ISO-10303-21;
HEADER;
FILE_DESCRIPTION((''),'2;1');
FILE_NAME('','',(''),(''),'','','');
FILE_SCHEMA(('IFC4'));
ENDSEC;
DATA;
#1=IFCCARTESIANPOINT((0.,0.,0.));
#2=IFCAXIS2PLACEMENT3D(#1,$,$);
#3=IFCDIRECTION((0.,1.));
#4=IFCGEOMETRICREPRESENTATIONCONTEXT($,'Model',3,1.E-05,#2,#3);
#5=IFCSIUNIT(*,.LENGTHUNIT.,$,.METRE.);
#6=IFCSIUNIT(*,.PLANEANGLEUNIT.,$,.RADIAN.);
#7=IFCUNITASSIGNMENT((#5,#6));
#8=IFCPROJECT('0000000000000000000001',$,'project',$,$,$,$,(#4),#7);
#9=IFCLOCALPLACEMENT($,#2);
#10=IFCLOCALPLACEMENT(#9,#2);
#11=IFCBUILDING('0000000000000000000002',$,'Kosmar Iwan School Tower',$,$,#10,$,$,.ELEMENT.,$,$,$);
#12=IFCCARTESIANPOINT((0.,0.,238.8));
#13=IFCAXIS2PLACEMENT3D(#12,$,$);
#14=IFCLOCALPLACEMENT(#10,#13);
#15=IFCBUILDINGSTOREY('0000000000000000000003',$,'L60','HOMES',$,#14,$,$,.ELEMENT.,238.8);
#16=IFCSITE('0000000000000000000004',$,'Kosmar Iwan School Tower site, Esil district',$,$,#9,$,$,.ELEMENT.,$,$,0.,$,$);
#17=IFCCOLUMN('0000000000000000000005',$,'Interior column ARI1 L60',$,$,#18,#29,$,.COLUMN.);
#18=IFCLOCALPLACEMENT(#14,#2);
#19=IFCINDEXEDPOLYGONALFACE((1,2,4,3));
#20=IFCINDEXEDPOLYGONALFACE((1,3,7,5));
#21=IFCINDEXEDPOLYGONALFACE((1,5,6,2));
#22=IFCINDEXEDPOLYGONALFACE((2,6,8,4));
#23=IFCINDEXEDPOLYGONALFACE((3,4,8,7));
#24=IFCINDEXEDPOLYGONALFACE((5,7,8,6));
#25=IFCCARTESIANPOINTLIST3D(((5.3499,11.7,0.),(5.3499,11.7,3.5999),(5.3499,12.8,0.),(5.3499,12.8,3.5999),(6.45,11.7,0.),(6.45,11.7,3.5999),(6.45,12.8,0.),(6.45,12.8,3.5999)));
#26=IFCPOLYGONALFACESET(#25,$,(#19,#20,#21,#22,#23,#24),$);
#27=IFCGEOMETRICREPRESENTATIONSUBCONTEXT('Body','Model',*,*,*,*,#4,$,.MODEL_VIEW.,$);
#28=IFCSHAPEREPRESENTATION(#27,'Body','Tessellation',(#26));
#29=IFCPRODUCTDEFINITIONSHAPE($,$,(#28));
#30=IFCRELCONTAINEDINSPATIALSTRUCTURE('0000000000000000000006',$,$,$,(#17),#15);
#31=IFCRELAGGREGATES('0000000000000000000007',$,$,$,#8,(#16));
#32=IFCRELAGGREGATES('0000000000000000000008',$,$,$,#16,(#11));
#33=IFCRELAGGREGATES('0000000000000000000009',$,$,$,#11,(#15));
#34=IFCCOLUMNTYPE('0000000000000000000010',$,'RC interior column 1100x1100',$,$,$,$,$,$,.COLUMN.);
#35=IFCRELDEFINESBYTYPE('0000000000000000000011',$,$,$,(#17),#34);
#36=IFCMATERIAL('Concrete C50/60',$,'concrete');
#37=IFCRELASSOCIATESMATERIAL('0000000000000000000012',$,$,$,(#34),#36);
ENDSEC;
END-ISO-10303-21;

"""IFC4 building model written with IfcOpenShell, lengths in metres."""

from ifc_helpers import new_model, si_unit, direction, frame, origin, origin_2d, place, context, subcontext, project, spatial, rectangle, extrude, material, material_profile, profile_set, type_object, element, save


model = new_model("IFC4")

# Units and contexts
model_context = context("Model", 3, precision=1e-05, world=origin(), true_north=direction((0.0, 1.0)))
body_context = subcontext(model_context, "Body", "Model", "MODEL_VIEW")
ifc_project = project(units=[si_unit("LENGTHUNIT", "METRE"), si_unit("PLANEANGLEUNIT", "RADIAN")], contexts=[model_context])

# Site, building, storey
site_placement = place(None, origin())
site = spatial("IfcSite", under=ifc_project, at=site_placement, Name="Kosmar Iwan School Tower site, Esil district", CompositionType="ELEMENT", RefElevation=0.0)
building_placement = place(site_placement, origin())
building = spatial("IfcBuilding", under=site, at=building_placement, Name="Kosmar Iwan School Tower", CompositionType="ELEMENT")
storey_placement = place(building_placement, frame((0.0, 0.0, 238.8)))
storey = spatial("IfcBuildingStorey", under=building, at=storey_placement, Name="L60", Description="HOMES", CompositionType="ELEMENT", Elevation=238.8)

# Column
ifc_material_1 = material(Name="Concrete C50/60", Category="concrete")
ifc_material_profile = material_profile(ifc_material_1, rectangle(XDim=1.1001, YDim=1.1001, at=origin_2d()), Name="RC 1100x1100")
ifc_profile_set = profile_set([ifc_material_profile], Name="Concrete C50/60")
column_type = type_object("IfcColumnType", Name="RC interior column 1100x1100", PredefinedType="COLUMN", material=ifc_profile_set)
column_placement = place(storey_placement, frame((5.8999, 12.25, 0.0), z_axis=(0.0, 0.0, 1.0), x_axis=(0.0, 1.0, 0.0)))
element("IfcColumn", 1, at=column_placement, inside=storey, type_object=column_type, Name="Interior column ARI1 L60", PredefinedType="COLUMN", context=body_context, shape_type="SweptSolid", body=[
    extrude(rectangle(XDim=1.1001, YDim=1.1001, at=origin_2d()), origin(), (0.0, 0.0, 1.0), 3.5999),
])

save(model, "model.ifc")
